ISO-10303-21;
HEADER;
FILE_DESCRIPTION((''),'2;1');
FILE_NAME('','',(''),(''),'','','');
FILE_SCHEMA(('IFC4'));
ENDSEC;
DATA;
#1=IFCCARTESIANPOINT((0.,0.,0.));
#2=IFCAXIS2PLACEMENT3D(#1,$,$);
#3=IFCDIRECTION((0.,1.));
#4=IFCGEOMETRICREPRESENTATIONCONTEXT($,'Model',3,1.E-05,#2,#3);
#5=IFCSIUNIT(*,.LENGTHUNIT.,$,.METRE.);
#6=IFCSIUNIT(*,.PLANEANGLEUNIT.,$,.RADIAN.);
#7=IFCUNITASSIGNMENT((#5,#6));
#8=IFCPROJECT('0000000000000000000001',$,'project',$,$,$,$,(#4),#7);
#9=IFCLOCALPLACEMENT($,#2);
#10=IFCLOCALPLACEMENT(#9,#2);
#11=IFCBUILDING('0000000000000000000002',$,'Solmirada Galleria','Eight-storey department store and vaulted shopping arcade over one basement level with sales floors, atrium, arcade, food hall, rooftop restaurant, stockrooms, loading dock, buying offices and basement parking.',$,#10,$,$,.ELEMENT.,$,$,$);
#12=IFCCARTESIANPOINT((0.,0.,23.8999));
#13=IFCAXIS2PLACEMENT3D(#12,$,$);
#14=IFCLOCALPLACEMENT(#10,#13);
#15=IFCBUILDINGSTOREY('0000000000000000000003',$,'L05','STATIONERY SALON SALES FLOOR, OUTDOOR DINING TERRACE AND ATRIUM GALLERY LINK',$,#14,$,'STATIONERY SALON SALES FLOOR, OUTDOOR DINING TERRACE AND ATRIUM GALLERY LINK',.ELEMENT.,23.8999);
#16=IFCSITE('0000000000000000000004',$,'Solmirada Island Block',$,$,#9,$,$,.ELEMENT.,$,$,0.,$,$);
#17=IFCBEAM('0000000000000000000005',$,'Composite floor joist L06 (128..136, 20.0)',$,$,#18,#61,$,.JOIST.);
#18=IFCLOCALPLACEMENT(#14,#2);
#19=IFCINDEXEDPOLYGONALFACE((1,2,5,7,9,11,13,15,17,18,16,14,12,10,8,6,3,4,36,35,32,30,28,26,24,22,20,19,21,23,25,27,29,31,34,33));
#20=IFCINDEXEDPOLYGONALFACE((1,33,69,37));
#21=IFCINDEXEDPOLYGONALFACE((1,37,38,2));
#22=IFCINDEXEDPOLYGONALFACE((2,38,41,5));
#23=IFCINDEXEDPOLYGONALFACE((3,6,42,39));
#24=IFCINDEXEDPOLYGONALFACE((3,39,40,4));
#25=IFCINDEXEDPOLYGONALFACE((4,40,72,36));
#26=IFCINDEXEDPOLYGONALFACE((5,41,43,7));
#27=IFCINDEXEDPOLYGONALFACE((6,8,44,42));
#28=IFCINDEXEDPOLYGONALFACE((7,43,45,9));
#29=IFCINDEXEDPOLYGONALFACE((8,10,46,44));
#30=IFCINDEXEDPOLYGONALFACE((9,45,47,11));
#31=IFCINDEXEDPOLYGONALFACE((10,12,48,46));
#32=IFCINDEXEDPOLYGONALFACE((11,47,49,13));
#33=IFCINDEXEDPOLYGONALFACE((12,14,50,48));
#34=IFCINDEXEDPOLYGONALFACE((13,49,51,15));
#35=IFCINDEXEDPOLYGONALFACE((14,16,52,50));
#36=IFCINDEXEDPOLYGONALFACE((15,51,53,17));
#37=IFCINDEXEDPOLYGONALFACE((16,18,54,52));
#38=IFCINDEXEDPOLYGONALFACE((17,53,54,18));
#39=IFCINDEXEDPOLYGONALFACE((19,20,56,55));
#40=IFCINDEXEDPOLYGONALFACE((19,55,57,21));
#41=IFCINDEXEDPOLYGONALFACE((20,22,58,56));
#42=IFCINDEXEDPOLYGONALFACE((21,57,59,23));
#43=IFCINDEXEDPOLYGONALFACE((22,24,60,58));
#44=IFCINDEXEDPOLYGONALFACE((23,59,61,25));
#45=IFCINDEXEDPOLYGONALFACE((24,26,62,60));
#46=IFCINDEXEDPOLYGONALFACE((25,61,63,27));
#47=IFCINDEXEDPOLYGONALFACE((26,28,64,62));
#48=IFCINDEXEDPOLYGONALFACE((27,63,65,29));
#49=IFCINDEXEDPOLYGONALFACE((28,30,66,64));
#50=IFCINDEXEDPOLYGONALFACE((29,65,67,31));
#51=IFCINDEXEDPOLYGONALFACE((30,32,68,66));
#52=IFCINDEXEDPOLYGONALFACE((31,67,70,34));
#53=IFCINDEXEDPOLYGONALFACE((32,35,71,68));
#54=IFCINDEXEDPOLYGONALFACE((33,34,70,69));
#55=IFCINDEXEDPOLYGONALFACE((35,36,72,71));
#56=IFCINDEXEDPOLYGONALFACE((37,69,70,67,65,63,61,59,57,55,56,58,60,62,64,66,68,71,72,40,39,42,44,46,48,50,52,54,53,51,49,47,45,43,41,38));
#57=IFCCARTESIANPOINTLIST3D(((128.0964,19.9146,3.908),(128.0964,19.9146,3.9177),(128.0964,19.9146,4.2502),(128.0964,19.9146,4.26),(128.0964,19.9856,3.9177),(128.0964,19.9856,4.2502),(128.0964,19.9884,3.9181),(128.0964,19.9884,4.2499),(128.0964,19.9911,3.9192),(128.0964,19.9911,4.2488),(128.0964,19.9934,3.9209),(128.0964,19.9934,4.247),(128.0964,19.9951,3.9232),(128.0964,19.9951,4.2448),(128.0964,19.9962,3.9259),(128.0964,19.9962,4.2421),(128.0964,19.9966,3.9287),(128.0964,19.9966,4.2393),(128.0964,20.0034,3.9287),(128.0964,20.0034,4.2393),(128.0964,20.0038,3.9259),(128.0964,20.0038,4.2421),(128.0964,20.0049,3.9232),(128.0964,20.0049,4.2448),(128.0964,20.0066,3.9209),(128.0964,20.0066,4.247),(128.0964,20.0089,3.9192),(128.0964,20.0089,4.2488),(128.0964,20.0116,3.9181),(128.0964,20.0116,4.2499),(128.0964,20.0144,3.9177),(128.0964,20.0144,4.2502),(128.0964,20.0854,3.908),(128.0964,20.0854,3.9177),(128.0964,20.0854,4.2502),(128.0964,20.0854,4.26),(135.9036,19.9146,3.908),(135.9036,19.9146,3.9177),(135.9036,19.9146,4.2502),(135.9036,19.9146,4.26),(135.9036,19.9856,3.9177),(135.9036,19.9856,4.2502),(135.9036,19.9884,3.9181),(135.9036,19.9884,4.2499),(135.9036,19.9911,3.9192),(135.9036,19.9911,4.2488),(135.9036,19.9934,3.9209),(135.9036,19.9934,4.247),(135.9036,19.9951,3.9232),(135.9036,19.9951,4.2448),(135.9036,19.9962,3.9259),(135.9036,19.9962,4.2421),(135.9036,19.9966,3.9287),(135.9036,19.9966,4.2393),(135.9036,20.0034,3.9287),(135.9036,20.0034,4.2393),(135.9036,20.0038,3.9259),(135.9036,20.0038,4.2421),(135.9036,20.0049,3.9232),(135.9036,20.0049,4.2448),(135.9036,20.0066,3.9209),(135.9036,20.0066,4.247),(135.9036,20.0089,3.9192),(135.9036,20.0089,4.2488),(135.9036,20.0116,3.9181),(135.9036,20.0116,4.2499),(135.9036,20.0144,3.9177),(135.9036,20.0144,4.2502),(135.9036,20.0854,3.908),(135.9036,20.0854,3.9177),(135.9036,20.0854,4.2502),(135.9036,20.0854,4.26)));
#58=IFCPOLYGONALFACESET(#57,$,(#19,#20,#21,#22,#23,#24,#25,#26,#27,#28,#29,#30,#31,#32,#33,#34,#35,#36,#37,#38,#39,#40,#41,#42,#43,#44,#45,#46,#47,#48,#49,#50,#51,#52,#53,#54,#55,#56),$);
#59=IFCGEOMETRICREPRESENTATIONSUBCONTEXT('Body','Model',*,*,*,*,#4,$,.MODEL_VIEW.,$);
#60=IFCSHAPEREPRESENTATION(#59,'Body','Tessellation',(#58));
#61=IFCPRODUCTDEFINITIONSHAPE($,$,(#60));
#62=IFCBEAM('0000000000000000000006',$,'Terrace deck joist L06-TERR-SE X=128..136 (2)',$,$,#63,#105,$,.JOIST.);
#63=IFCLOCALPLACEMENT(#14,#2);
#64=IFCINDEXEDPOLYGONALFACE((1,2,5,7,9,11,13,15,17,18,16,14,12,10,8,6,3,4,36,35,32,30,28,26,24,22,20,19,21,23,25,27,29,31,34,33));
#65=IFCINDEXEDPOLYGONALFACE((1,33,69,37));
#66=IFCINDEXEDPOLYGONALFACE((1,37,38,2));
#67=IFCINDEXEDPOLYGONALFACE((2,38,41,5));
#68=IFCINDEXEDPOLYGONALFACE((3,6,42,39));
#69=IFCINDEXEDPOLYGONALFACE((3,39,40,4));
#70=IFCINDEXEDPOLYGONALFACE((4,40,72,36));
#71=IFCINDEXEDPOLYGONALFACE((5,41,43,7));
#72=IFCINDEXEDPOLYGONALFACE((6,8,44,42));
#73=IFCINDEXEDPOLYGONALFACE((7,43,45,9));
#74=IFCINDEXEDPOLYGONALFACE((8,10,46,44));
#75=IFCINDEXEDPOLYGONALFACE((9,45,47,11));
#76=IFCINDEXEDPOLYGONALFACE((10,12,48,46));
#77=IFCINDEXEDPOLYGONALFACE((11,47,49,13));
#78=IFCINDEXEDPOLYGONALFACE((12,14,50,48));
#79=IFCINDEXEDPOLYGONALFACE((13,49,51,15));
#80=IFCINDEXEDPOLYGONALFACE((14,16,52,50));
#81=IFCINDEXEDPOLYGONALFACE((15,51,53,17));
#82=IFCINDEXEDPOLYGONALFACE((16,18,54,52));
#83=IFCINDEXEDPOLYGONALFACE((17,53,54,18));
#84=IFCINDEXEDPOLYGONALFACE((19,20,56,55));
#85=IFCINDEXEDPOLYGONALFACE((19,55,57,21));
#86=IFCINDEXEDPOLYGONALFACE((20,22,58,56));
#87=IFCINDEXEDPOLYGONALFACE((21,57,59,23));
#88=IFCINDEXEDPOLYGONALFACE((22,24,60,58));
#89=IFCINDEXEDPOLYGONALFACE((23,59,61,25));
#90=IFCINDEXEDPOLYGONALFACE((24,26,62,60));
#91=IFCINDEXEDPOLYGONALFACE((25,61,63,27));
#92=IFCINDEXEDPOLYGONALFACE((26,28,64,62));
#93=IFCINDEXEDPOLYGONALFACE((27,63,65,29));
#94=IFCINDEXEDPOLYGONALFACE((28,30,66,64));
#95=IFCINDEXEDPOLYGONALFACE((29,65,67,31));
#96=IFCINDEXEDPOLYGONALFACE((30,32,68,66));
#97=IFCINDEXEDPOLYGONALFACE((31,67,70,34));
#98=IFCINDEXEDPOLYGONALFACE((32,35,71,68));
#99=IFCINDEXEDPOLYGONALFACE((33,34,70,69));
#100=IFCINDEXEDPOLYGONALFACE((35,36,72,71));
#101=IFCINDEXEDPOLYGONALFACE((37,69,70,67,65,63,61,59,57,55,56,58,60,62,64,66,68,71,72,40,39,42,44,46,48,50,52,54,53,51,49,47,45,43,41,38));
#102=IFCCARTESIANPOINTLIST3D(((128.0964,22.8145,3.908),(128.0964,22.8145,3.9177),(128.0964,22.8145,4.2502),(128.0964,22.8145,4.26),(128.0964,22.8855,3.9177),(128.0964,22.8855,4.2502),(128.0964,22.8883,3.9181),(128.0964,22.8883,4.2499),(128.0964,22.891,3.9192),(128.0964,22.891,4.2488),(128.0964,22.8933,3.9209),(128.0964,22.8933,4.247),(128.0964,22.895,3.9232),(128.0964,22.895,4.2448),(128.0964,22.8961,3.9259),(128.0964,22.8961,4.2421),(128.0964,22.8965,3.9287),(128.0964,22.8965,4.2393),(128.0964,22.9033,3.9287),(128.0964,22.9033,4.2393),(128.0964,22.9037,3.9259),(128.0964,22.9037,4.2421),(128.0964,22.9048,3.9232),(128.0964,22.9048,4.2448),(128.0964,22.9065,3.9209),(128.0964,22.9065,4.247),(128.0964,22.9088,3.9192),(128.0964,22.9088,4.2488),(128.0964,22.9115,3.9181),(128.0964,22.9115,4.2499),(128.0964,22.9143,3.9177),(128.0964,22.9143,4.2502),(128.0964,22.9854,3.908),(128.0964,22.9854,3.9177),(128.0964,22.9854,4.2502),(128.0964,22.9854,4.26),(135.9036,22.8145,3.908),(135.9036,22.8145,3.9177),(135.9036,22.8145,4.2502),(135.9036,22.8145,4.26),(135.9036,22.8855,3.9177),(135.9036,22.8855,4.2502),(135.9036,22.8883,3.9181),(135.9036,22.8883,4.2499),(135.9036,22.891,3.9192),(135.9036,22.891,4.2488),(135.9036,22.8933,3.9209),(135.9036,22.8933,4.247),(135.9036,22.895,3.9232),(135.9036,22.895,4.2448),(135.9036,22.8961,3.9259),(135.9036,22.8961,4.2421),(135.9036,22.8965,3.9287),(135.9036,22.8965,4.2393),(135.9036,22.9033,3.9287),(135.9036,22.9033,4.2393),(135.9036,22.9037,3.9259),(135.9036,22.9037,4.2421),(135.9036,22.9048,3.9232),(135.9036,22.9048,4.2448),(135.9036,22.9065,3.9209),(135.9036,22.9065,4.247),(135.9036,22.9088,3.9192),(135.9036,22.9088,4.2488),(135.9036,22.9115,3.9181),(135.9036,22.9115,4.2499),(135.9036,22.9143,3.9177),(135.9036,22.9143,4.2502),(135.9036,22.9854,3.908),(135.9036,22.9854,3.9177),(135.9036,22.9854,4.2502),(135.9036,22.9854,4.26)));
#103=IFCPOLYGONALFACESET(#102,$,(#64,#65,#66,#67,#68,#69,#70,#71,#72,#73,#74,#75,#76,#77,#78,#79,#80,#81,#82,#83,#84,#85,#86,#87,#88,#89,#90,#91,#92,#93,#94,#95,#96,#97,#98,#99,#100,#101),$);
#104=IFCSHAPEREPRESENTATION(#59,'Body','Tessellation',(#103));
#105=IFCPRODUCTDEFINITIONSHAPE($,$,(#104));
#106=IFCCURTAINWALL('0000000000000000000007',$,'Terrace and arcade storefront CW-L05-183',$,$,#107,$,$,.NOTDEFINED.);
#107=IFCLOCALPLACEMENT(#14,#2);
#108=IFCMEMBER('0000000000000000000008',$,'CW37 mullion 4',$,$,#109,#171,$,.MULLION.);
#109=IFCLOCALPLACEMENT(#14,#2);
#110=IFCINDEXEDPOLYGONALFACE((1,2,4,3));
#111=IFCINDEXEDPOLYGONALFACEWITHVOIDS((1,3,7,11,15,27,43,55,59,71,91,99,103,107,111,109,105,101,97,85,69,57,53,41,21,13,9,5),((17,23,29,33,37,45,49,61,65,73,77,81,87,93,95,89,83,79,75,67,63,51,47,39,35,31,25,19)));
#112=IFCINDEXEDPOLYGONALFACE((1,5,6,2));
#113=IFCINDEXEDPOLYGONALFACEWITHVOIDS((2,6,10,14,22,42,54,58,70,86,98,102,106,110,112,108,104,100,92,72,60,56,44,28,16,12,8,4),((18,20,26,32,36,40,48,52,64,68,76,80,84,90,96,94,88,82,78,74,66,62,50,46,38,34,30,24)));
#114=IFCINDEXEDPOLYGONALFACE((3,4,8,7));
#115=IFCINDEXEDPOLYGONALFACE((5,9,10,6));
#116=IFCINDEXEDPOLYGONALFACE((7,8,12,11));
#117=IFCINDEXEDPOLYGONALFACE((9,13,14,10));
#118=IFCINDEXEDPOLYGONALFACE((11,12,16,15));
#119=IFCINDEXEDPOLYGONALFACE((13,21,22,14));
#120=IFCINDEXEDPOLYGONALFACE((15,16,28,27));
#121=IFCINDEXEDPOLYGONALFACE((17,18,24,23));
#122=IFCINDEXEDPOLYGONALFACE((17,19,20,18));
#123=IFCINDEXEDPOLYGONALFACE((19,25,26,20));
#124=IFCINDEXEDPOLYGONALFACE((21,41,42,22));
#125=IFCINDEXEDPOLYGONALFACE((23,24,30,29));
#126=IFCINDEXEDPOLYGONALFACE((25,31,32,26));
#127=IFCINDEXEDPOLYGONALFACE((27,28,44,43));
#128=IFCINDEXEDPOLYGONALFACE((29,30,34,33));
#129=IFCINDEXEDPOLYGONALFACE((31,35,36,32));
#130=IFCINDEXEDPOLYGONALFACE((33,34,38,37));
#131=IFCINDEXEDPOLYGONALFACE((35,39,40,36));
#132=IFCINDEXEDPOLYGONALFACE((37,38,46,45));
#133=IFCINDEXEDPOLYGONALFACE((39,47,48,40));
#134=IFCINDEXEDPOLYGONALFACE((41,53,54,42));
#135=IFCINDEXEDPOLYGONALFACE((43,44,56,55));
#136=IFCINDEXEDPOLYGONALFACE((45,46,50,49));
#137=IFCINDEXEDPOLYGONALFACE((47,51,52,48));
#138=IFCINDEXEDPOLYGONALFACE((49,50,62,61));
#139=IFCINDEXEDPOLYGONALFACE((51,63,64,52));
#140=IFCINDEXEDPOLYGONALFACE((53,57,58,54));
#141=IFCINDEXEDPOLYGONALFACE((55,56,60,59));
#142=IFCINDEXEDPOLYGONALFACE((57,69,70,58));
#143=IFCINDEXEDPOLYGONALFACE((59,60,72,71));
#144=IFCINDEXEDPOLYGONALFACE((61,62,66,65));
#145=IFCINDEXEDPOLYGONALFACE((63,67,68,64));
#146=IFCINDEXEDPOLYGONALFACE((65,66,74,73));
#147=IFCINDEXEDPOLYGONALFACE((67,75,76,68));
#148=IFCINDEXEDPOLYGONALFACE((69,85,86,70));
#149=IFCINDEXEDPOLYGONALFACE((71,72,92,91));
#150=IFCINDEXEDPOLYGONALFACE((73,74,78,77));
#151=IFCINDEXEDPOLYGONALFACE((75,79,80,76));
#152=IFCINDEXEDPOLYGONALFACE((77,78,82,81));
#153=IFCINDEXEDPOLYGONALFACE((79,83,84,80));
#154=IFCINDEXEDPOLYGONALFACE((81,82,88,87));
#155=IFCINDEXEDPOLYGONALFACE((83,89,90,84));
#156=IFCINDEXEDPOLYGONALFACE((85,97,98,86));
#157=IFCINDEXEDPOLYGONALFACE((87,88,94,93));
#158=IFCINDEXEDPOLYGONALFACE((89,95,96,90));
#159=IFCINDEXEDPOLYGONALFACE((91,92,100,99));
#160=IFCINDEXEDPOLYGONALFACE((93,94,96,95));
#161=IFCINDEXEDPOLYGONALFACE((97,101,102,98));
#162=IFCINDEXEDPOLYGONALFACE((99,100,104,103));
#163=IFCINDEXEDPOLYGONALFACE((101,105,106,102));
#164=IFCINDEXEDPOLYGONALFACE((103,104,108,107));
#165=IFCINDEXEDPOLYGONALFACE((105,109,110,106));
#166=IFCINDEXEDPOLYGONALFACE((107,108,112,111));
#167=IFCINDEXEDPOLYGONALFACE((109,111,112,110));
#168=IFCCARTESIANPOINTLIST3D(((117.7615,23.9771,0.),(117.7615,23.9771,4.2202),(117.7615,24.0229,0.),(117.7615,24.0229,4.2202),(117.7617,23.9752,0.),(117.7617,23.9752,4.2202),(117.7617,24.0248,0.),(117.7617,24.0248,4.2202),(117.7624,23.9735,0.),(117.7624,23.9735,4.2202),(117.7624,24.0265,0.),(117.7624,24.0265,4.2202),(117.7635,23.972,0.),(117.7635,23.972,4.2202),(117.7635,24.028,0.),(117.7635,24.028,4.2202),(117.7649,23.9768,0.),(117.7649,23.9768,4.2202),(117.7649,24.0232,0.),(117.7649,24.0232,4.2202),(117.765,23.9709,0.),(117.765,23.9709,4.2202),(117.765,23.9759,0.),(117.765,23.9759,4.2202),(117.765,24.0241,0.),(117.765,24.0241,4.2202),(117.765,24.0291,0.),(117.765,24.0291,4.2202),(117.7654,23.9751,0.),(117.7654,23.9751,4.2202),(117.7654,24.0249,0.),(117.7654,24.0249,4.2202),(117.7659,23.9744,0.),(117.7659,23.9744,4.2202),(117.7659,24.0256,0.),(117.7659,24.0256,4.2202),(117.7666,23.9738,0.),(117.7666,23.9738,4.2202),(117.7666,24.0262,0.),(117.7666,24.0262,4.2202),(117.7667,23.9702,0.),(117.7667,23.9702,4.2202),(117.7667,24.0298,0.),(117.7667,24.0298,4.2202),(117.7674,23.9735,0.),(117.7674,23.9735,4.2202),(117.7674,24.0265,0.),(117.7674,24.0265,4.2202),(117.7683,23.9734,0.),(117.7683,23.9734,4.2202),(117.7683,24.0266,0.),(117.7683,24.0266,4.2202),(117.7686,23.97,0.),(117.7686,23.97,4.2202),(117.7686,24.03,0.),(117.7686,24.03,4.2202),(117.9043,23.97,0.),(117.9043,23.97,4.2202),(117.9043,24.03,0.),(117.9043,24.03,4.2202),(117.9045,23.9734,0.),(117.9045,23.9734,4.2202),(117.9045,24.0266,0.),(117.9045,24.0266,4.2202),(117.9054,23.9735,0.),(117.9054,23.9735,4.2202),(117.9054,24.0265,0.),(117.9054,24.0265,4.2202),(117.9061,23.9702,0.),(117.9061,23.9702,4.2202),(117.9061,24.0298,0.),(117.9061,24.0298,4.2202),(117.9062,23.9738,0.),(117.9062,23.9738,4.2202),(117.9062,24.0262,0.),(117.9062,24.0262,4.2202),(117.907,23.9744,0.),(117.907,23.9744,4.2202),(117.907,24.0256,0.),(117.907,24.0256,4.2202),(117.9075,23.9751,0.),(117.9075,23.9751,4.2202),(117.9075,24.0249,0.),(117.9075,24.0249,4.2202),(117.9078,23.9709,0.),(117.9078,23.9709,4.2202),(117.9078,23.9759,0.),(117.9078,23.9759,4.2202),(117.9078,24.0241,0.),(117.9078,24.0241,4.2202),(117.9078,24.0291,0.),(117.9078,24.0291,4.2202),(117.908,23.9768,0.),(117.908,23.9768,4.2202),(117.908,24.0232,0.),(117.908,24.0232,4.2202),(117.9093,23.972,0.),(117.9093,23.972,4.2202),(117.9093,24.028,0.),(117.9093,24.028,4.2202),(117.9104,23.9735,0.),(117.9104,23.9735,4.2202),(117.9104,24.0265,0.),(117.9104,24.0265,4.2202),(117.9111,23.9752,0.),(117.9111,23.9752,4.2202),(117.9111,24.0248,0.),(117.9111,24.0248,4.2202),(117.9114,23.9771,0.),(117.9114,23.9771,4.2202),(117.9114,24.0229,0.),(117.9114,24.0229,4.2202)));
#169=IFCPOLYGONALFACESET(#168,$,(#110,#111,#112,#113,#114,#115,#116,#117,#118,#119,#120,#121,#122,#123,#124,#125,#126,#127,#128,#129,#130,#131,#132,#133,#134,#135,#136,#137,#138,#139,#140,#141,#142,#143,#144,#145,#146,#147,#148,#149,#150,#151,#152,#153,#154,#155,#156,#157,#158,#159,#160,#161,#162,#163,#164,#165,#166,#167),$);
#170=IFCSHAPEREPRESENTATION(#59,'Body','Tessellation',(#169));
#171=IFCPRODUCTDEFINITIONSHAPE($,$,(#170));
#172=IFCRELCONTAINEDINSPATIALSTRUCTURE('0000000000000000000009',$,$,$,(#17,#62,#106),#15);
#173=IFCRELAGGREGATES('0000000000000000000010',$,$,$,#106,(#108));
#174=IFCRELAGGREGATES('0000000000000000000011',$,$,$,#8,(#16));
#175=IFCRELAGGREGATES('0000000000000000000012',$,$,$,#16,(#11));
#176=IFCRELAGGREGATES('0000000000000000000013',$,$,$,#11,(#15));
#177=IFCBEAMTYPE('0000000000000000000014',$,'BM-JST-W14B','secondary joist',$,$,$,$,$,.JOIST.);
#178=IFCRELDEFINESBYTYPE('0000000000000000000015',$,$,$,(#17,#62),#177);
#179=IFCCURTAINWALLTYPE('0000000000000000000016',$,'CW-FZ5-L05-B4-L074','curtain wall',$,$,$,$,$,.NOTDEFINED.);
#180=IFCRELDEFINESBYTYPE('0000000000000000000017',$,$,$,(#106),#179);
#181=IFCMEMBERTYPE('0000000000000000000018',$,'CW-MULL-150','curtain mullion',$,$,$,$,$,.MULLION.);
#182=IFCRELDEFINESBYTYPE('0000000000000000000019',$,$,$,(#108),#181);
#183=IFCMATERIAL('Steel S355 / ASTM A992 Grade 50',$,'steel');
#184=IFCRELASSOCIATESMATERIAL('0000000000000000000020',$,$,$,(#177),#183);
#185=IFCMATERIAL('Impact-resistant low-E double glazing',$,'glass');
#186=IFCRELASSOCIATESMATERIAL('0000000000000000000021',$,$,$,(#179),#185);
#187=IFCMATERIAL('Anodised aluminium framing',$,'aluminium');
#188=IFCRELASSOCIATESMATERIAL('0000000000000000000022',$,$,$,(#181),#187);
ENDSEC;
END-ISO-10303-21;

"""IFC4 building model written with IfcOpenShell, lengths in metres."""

from ifc_helpers import new_model, si_unit, direction, frame, origin, origin_2d, place, context, subcontext, project, spatial, hollow_rectangle, i_section, extrude, material, material_profile, profile_set, type_object, element, aggregate, save


model = new_model("IFC4")

# Units and contexts
model_context = context("Model", 3, precision=1e-05, world=origin(), true_north=direction((0.0, 1.0)))
body_context = subcontext(model_context, "Body", "Model", "MODEL_VIEW")
ifc_project = project(units=[si_unit("LENGTHUNIT", "METRE"), si_unit("PLANEANGLEUNIT", "RADIAN")], contexts=[model_context])

# Site, building, storey
site_placement = place(None, origin())
site = spatial("IfcSite", under=ifc_project, at=site_placement, Name="Solmirada Island Block", CompositionType="ELEMENT", RefElevation=0.0)
building_placement = place(site_placement, origin())
building = spatial("IfcBuilding", under=site, at=building_placement, Name="Solmirada Galleria", Description="Eight-storey department store and vaulted shopping arcade over one basement level with sales floors, atrium, arcade, food hall, rooftop restaurant, stockrooms, loading dock, buying offices and basement parking.", CompositionType="ELEMENT")
storey_placement = place(building_placement, frame((0.0, 0.0, 23.8999)))
storey = spatial("IfcBuildingStorey", under=building, at=storey_placement, Name="L05", Description="STATIONERY SALON SALES FLOOR, OUTDOOR DINING TERRACE AND ATRIUM GALLERY LINK", LongName="STATIONERY SALON SALES FLOOR, OUTDOOR DINING TERRACE AND ATRIUM GALLERY LINK", CompositionType="ELEMENT", Elevation=23.8999)

# Beams
ifc_material_1 = material(Name="Steel S355 / ASTM A992 Grade 50", Category="steel")
ifc_material_profile_1 = material_profile(ifc_material_1, i_section(OverallWidth=0.1709, OverallDepth=0.3521, WebThickness=0.0068, FlangeThickness=0.0098, FilletRadius=0.011, at=origin_2d()), Name="W14X30")
ifc_profile_set_1 = profile_set([ifc_material_profile_1], Name="Steel S355 / ASTM A992 Grade 50")
beam_type_1 = type_object("IfcBeamType", Name="BM-JST-W14B", Description="secondary joist", PredefinedType="JOIST", material=ifc_profile_set_1)
for number, where, z_axis, x_axis, name in (
    (1, (128.0964, 20.0, 4.084), (1.0, 0.0, 0.0), (0.0, 1.0, 0.0), "Composite floor joist L06 (128..136, 20.0)"),
    (2, (128.0964, 22.8999, 4.084), (1.0, 0.0, 0.0), (0.0, 1.0, 0.0), "Terrace deck joist L06-TERR-SE X=128..136 (2)"),
):
    element("IfcBeam", number, at=place(storey_placement, frame(where, z_axis=z_axis, x_axis=x_axis)), inside=storey, type_object=beam_type_1, Name=name, PredefinedType="JOIST", context=body_context, shape_type="SweptSolid", body=[
        extrude(i_section(OverallWidth=0.1709, OverallDepth=0.3521, WebThickness=0.0068, FlangeThickness=0.0098, FilletRadius=0.011, at=origin_2d()), origin(), (0.0, 0.0, 1.0), 7.8071),
    ])

# Curtain wall, member
ifc_material_2 = material(Name="Impact-resistant low-E double glazing", Category="glass")
curtain_wall_type = type_object("IfcCurtainWallType", Name="CW-FZ5-L05-B4-L074", Description="curtain wall", PredefinedType="NOTDEFINED", material=ifc_material_2)
curtain_wall_1_placement = place(storey_placement, origin())
curtain_wall_1 = element("IfcCurtainWall", 3, at=curtain_wall_1_placement, inside=storey, type_object=curtain_wall_type, Name="Terrace and arcade storefront CW-L05-183", PredefinedType="NOTDEFINED")
ifc_material_3 = material(Name="Anodised aluminium framing", Category="aluminium")
ifc_material_profile_2 = material_profile(ifc_material_3, hollow_rectangle(XDim=0.0601, YDim=0.1499, WallThickness=0.0034, InnerFilletRadius=0.0034, OuterFilletRadius=0.0071, at=origin_2d()), Name="ALU-MULL-150X60")
ifc_profile_set_2 = profile_set([ifc_material_profile_2], Name="Anodised aluminium framing")
member_type_1 = type_object("IfcMemberType", Name="CW-MULL-150", Description="curtain mullion", PredefinedType="MULLION", material=ifc_profile_set_2)
member_1_placement = place(storey_placement, frame((117.8364, 24.0, 0.0), z_axis=(0.0, 0.0, 1.0), x_axis=(0.0, 1.0, 0.0)))
member_1 = element("IfcMember", 4, at=member_1_placement, type_object=member_type_1, Name="CW37 mullion 4", PredefinedType="MULLION", context=body_context, shape_type="SweptSolid", body=[
    extrude(hollow_rectangle(XDim=0.0601, YDim=0.1499, WallThickness=0.0034, InnerFilletRadius=0.0034, OuterFilletRadius=0.0071, at=origin_2d()), origin(), (0.0, 0.0, 1.0), 4.2202),
])

aggregate(curtain_wall_1, [member_1])

save(model, "model.ifc")
